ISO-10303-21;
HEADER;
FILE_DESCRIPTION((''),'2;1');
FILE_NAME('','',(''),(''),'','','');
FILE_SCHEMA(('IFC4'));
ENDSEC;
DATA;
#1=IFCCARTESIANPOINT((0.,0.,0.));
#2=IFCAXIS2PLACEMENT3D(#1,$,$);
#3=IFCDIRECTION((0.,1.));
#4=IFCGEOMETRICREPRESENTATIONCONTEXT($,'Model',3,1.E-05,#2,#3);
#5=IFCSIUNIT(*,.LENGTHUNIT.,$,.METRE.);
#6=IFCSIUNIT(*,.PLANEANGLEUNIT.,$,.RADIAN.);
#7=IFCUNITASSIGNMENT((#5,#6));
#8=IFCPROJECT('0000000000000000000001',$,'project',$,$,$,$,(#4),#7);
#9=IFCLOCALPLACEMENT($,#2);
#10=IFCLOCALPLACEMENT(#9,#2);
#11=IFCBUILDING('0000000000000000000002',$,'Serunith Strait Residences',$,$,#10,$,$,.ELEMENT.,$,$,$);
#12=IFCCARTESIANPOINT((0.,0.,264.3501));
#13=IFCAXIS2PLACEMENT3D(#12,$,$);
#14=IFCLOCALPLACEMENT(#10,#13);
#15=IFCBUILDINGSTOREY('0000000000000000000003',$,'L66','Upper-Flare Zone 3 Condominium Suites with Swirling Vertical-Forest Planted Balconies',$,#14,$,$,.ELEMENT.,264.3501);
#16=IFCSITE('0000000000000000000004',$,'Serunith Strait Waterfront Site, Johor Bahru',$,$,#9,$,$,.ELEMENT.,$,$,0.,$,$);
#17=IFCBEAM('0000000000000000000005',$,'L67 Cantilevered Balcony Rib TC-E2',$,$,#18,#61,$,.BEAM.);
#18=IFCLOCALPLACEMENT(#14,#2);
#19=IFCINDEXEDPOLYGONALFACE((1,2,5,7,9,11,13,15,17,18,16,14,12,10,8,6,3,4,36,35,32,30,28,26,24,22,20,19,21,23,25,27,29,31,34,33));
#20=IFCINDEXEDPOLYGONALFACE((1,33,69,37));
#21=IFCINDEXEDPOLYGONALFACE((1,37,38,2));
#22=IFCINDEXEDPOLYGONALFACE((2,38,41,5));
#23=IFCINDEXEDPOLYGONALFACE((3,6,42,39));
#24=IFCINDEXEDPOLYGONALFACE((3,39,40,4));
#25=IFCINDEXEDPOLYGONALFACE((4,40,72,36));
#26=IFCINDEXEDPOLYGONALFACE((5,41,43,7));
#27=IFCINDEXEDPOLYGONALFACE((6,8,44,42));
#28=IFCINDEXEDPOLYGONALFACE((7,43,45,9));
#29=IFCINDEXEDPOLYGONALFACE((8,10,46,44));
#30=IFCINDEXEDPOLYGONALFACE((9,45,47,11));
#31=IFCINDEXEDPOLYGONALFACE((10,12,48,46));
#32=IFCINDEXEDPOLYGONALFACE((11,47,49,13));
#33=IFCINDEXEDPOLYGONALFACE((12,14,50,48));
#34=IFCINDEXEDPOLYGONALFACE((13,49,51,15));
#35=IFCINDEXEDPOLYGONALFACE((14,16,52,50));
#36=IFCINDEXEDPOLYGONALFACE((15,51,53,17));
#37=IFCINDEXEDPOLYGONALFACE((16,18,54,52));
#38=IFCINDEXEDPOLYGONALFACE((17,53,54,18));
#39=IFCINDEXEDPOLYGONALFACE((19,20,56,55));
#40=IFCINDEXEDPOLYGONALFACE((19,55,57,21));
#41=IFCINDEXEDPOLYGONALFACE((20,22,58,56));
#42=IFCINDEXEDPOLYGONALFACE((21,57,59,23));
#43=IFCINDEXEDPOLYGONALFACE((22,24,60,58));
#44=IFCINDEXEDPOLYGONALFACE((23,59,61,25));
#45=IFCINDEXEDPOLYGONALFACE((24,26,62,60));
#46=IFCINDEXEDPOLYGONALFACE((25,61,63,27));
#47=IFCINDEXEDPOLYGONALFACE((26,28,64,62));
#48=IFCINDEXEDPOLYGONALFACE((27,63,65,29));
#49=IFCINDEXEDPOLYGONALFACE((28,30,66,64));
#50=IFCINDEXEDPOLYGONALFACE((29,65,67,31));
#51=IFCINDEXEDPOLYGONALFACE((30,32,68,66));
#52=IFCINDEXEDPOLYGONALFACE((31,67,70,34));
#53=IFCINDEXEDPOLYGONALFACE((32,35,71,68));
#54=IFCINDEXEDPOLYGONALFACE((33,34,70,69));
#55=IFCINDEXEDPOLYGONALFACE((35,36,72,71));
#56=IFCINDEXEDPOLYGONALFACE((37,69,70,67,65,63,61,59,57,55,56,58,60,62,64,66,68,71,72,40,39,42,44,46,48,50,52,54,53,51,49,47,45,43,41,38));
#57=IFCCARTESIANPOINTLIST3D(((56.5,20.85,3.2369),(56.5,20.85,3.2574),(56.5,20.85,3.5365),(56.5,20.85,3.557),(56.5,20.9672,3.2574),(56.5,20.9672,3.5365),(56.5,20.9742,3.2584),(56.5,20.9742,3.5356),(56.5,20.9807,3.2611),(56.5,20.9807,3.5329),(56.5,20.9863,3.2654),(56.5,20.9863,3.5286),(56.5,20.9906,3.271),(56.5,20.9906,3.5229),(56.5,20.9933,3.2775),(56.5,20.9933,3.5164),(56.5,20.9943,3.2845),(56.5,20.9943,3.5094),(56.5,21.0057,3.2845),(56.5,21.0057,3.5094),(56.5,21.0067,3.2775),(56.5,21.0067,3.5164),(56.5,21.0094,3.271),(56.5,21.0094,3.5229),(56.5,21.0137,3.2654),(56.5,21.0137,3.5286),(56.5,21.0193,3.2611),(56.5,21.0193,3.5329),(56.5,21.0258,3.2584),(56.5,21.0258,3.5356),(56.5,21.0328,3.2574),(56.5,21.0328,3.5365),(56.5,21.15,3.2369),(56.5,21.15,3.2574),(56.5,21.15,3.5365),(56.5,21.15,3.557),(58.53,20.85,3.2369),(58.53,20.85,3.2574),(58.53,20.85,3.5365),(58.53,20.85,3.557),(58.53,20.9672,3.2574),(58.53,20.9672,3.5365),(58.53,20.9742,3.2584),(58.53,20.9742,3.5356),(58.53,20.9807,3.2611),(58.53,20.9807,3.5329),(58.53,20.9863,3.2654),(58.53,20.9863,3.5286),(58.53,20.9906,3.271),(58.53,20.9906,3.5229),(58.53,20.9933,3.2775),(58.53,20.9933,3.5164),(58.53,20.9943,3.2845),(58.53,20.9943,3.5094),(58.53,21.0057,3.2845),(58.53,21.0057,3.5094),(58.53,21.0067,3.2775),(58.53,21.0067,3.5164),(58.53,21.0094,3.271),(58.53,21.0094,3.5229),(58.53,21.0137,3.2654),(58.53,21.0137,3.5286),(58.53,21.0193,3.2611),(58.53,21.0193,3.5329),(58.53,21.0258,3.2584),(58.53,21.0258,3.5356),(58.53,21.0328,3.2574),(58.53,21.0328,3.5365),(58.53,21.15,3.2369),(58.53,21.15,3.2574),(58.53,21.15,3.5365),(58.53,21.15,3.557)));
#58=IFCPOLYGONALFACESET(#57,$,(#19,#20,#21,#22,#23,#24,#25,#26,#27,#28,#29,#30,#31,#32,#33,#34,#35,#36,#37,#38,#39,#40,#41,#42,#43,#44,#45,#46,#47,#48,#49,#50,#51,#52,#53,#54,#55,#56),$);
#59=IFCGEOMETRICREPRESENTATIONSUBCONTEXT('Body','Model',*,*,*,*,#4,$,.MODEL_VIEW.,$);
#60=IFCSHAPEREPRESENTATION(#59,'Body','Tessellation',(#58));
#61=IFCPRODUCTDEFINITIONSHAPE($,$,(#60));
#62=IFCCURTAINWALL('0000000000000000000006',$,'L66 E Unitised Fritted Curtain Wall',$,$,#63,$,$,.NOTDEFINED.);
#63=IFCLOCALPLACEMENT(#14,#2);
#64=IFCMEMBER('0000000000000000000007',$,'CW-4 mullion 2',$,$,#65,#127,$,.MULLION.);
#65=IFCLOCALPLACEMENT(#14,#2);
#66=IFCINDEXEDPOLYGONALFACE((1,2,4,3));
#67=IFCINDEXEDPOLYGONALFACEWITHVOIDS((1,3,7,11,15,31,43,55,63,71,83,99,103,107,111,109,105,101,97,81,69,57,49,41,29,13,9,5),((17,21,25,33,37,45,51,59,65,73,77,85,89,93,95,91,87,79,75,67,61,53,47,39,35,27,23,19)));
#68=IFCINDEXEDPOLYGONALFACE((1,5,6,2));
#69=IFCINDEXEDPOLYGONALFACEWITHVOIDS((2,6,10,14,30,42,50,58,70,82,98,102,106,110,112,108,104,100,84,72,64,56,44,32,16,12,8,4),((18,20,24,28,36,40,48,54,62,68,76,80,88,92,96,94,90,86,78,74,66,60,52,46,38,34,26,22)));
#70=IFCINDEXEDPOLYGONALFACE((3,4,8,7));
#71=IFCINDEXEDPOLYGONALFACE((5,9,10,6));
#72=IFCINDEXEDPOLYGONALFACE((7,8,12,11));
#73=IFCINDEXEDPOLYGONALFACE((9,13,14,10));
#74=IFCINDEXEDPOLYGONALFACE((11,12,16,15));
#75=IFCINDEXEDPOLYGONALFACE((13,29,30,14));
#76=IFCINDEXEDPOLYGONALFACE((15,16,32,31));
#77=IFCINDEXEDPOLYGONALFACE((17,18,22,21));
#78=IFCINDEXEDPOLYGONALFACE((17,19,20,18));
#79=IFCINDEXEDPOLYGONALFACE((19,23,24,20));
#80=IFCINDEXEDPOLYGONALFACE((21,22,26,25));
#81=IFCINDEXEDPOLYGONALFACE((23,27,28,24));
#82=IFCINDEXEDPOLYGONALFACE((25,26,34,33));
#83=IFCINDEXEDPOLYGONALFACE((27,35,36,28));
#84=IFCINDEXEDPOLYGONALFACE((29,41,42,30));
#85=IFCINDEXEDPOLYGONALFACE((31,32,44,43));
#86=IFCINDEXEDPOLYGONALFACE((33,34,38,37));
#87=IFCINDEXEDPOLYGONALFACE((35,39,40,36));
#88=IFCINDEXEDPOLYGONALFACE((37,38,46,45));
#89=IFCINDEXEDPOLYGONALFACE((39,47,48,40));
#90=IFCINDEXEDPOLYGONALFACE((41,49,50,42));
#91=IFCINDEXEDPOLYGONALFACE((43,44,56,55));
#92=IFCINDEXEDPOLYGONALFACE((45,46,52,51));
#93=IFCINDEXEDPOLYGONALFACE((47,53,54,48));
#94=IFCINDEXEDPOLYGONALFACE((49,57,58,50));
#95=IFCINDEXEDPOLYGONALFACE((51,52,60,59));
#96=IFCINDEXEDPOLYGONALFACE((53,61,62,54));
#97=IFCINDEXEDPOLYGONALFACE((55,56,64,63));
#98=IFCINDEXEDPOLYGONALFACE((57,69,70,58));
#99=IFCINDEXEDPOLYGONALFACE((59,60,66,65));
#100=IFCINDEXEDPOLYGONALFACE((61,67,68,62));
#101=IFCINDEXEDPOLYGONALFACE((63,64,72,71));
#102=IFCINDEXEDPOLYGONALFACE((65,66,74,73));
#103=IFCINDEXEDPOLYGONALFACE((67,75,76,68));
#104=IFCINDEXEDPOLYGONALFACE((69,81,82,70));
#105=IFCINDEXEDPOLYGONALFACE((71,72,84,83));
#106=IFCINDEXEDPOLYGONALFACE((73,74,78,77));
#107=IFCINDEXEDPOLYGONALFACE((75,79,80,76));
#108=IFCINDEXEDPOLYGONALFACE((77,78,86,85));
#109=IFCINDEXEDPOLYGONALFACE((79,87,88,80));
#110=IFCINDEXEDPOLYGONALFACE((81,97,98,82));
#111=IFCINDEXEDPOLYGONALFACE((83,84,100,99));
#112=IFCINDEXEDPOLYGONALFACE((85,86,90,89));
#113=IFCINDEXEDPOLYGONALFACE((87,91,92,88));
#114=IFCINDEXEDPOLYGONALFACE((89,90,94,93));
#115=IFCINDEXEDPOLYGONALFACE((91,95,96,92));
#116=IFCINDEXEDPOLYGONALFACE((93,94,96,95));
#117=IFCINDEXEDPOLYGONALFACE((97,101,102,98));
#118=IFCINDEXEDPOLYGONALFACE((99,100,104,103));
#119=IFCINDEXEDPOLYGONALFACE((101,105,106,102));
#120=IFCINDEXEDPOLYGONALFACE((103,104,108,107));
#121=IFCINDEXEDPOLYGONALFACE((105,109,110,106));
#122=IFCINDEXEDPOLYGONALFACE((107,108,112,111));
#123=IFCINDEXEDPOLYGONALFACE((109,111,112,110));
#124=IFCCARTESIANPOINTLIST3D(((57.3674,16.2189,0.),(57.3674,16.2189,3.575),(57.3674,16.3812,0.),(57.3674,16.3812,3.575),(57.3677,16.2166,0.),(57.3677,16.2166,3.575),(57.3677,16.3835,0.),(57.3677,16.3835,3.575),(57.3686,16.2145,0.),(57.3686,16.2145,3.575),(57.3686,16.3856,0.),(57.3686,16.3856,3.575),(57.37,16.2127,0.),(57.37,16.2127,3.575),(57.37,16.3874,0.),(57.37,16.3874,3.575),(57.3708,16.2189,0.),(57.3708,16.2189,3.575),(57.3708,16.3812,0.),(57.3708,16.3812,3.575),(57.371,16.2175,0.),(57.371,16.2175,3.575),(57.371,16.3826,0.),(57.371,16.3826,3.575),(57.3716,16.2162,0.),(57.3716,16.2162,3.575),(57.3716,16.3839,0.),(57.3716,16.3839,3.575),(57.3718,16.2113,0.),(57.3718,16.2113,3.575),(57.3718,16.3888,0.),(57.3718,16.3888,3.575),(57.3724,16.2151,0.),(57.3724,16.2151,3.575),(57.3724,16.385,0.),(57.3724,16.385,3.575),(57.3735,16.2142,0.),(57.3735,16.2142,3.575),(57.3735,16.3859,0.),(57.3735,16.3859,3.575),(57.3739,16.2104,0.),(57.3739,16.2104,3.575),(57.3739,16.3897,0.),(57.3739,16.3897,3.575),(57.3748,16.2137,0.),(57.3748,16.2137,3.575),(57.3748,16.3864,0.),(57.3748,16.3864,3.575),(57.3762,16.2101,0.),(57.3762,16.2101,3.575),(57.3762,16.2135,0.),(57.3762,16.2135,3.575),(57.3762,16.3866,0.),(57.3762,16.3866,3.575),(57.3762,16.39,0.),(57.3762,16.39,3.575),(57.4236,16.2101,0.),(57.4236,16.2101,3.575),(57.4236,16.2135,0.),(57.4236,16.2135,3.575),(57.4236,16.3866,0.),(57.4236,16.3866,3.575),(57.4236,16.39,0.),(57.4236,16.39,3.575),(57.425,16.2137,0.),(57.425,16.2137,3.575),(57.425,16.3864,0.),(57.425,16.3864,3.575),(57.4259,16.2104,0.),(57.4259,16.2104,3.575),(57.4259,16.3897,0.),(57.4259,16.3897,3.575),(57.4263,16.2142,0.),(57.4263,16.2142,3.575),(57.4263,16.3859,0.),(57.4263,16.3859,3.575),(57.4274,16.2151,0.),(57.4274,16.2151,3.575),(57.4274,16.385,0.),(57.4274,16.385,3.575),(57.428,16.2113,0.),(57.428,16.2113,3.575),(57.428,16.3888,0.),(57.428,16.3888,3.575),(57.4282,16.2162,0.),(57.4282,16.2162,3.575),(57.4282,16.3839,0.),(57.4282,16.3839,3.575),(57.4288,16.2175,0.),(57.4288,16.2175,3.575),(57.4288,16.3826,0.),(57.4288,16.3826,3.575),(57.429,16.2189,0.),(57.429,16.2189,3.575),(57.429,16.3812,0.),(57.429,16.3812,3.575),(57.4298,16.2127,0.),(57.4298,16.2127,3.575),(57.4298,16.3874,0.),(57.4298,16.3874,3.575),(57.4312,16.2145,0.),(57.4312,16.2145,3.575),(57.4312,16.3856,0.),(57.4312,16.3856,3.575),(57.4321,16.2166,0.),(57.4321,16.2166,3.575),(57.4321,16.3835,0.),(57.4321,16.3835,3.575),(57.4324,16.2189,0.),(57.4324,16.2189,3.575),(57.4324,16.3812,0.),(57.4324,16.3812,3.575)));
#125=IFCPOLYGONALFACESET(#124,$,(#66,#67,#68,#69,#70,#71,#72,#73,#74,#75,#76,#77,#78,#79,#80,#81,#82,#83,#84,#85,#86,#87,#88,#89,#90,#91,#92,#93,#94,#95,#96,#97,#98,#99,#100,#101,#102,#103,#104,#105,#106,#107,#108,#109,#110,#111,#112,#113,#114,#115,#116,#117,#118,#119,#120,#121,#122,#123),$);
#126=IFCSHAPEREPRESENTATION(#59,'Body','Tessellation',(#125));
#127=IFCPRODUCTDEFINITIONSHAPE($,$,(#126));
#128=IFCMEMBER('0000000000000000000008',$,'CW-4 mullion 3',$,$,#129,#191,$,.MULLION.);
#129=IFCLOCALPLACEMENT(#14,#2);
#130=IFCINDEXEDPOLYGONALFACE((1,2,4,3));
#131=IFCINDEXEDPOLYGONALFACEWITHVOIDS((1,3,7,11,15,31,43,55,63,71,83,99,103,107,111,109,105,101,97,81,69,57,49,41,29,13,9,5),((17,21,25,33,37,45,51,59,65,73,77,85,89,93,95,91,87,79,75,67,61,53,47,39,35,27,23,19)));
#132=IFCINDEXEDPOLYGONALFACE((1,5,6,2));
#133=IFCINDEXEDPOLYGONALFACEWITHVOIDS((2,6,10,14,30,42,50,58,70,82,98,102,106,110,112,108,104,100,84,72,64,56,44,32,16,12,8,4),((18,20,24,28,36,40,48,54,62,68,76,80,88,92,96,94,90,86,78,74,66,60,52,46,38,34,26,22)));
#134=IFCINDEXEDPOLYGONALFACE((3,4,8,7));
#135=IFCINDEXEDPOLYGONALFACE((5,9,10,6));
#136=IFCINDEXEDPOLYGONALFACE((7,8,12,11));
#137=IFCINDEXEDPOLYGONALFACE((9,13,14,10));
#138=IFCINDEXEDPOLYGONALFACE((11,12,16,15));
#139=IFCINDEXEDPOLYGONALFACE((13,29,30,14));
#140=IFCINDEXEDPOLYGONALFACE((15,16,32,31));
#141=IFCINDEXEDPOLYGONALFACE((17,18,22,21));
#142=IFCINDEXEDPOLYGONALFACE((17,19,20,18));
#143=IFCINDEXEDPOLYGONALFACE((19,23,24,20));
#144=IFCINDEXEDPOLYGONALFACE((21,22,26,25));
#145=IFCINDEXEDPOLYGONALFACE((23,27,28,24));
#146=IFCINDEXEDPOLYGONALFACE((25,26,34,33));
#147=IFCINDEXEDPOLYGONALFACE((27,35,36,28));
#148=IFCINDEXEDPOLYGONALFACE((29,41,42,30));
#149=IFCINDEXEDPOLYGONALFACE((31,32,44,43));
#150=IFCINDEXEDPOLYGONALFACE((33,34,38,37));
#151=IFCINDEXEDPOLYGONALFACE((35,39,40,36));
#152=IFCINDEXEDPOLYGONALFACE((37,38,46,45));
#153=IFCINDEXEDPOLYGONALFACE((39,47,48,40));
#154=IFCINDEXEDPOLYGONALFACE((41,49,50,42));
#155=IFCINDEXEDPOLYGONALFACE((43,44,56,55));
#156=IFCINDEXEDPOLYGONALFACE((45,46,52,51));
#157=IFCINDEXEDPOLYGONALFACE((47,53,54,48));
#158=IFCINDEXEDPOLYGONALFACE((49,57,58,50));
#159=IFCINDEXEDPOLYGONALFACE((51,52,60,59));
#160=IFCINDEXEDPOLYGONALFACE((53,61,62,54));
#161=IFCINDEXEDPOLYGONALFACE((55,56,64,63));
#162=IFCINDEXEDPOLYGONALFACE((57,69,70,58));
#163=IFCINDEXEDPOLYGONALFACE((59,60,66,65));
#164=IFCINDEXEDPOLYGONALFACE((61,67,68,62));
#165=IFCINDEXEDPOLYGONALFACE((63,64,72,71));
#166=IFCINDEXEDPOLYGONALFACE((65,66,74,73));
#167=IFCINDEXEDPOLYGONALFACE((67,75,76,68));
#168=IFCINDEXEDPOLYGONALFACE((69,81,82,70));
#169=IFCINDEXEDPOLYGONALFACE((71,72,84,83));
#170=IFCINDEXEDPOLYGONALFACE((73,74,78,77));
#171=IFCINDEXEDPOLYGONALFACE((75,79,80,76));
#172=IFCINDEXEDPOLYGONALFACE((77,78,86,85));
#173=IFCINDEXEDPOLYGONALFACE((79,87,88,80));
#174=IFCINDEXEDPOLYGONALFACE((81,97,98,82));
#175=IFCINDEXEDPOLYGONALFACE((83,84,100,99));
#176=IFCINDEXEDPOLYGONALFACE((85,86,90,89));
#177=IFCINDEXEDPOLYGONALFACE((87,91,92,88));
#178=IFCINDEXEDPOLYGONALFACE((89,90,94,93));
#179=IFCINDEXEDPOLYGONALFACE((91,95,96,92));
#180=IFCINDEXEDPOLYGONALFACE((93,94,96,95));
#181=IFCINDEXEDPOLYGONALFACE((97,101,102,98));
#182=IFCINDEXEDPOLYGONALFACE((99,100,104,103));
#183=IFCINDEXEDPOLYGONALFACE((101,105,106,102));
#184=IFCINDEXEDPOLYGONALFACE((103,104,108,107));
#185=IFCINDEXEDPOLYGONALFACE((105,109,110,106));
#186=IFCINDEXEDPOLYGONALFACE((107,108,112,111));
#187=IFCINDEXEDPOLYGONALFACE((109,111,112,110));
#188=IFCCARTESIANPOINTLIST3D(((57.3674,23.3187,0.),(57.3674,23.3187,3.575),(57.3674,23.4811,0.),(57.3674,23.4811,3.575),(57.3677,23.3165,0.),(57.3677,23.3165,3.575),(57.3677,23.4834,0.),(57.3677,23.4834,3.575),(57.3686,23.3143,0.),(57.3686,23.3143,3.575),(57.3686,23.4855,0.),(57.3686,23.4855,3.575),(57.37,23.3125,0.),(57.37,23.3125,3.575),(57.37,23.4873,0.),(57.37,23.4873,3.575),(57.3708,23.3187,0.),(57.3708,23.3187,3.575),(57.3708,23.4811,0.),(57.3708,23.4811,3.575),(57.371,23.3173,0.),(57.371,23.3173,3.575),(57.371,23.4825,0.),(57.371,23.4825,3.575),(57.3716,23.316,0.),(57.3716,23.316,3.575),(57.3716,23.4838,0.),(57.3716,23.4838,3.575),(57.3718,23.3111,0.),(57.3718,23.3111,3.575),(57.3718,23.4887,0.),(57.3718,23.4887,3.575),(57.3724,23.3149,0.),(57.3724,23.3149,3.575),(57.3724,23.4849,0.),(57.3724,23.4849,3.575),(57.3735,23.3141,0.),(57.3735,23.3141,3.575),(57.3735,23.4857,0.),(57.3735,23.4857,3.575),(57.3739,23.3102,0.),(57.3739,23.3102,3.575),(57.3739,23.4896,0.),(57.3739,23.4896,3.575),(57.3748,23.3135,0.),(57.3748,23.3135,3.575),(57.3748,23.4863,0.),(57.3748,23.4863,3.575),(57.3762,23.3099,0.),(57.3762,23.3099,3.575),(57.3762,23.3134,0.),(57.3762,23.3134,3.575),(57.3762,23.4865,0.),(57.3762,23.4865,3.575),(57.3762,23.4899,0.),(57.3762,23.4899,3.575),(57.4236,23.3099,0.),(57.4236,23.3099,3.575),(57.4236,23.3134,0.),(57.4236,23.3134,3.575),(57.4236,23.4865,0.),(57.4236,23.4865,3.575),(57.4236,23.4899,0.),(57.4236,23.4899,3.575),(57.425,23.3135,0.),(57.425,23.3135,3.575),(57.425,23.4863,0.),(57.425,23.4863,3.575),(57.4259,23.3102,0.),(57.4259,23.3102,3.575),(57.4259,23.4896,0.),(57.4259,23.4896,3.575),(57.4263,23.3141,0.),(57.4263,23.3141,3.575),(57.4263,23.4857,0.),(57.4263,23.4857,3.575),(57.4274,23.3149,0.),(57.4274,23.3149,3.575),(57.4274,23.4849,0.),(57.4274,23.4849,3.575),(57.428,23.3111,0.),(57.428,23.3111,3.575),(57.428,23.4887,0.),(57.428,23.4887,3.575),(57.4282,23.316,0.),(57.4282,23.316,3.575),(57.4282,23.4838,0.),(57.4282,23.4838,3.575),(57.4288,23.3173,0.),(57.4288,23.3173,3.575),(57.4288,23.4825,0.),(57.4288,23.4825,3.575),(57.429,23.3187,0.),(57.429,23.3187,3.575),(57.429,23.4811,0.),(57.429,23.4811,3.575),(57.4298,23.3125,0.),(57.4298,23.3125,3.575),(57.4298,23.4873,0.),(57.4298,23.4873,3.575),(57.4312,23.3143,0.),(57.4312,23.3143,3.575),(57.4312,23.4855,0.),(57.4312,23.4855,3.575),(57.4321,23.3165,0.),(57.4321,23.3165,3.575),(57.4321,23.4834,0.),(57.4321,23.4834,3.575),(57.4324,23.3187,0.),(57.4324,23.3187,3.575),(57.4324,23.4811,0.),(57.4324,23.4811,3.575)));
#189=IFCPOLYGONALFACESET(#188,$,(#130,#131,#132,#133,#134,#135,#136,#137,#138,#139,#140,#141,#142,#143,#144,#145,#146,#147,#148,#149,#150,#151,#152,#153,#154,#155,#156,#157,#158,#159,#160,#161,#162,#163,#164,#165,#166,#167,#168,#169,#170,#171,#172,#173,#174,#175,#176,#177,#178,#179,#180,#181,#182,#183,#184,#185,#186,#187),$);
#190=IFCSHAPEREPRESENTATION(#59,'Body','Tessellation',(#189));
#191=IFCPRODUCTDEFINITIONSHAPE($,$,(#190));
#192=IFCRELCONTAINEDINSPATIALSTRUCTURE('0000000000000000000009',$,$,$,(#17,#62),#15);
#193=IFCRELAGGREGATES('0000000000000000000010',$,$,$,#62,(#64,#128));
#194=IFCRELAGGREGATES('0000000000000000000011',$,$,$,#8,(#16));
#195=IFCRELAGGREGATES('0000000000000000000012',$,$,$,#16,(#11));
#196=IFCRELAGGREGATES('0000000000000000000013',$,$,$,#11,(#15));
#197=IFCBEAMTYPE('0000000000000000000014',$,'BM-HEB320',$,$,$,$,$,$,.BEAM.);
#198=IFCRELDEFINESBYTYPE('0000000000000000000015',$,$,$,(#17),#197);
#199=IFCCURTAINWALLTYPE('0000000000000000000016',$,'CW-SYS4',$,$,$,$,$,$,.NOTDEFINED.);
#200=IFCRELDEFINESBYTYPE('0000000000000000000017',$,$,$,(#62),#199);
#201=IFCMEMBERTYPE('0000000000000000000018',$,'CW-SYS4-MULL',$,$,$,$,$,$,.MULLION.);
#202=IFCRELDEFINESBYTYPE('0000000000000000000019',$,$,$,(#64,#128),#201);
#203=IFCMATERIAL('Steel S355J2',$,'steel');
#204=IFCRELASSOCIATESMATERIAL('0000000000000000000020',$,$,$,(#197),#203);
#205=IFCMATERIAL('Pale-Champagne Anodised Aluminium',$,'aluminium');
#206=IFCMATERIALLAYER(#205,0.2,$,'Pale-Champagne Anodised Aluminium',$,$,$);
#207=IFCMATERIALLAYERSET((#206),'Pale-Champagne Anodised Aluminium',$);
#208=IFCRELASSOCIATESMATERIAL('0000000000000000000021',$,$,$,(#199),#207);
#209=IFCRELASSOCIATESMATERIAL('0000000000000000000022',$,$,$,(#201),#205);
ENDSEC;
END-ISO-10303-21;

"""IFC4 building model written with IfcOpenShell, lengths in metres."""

from ifc_helpers import new_model, si_unit, direction, frame, origin, origin_2d, place, context, subcontext, project, spatial, hollow_rectangle, i_section, extrude, source, transform, mapped, material, layer, layer_set, material_profile, profile_set, type_object, element, aggregate, save


model = new_model("IFC4")

# Units and contexts
model_context = context("Model", 3, precision=1e-05, world=origin(), true_north=direction((0.0, 1.0)))
body_context = subcontext(model_context, "Body", "Model", "MODEL_VIEW")
ifc_project = project(units=[si_unit("LENGTHUNIT", "METRE"), si_unit("PLANEANGLEUNIT", "RADIAN")], contexts=[model_context])

# Site, building, storey
site_placement = place(None, origin())
site = spatial("IfcSite", under=ifc_project, at=site_placement, Name="Serunith Strait Waterfront Site, Johor Bahru", CompositionType="ELEMENT", RefElevation=0.0)
building_placement = place(site_placement, origin())
building = spatial("IfcBuilding", under=site, at=building_placement, Name="Serunith Strait Residences", CompositionType="ELEMENT")
storey_placement = place(building_placement, frame((0.0, 0.0, 264.3501)))
storey = spatial("IfcBuildingStorey", under=building, at=storey_placement, Name="L66", Description="Upper-Flare Zone 3 Condominium Suites with Swirling Vertical-Forest Planted Balconies", CompositionType="ELEMENT", Elevation=264.3501)

# Beam
ifc_material_1 = material(Name="Steel S355J2", Category="steel")
ifc_material_profile_1 = material_profile(ifc_material_1, i_section(OverallWidth=0.3, OverallDepth=0.3201, WebThickness=0.0115, FlangeThickness=0.0205, FilletRadius=0.0271, at=origin_2d()), Name="HEB 320")
ifc_profile_set_1 = profile_set([ifc_material_profile_1], Name="Steel S355J2")
beam_type_1 = type_object("IfcBeamType", Name="BM-HEB320", PredefinedType="BEAM", material=ifc_profile_set_1)
shared_shape_1 = source(origin(), body_context, "Body", "SweptSolid", [
    extrude(i_section(OverallWidth=0.3, OverallDepth=0.3201, WebThickness=0.0115, FlangeThickness=0.0205, FilletRadius=0.0271, at=origin_2d()), origin(), (0.0, 0.0, 1.0), 2.03),
])
beam_1_placement = place(storey_placement, frame((56.5, 21.0, 3.397), z_axis=(1.0, 0.0, 0.0), x_axis=(0.0, 1.0, 0.0)))
element("IfcBeam", 1, at=beam_1_placement, inside=storey, type_object=beam_type_1, Name="L67 Cantilevered Balcony Rib TC-E2", PredefinedType="BEAM", context=body_context, shape_type="MappedRepresentation", body=[
    mapped(shared_shape_1, transform((0.0, 0.0, 0.0), scale=1.0)),
])

# Curtain wall, members
ifc_material_2 = material(Name="Pale-Champagne Anodised Aluminium", Category="aluminium")
ifc_layer_1 = layer(ifc_material_2, 0.2, Name="Pale-Champagne Anodised Aluminium")
ifc_layer_set_1 = layer_set([ifc_layer_1], Name="Pale-Champagne Anodised Aluminium")
curtain_wall_type = type_object("IfcCurtainWallType", Name="CW-SYS4", PredefinedType="NOTDEFINED", material=ifc_layer_set_1)
curtain_wall_placement = place(storey_placement, origin())
curtain_wall = element("IfcCurtainWall", 2, at=curtain_wall_placement, inside=storey, type_object=curtain_wall_type, Name="L66 E Unitised Fritted Curtain Wall", PredefinedType="NOTDEFINED")
ifc_material_profile_2 = material_profile(ifc_material_2, hollow_rectangle(XDim=0.0649, YDim=0.1799, WallThickness=0.0034, InnerFilletRadius=0.0054, OuterFilletRadius=0.0088, at=origin_2d()), Name="ALU 180x65x3.5")
ifc_profile_set_2 = profile_set([ifc_material_profile_2], Name="Pale-Champagne Anodised Aluminium")
member_type_1 = type_object("IfcMemberType", Name="CW-SYS4-MULL", PredefinedType="MULLION", material=ifc_profile_set_2)
shared_shape_2 = source(origin(), body_context, "Body", "SweptSolid", [
    extrude(hollow_rectangle(XDim=0.0649, YDim=0.1799, WallThickness=0.0034, InnerFilletRadius=0.0054, OuterFilletRadius=0.0088, at=origin_2d()), origin(), (0.0, 0.0, 1.0), 3.575),
])
member_1_placement = place(storey_placement, frame((57.3999, 16.3, 0.0), z_axis=(0.0, 0.0, 1.0), x_axis=(-1.0, 0.0, 0.0)))
member_1 = element("IfcMember", 3, at=member_1_placement, type_object=member_type_1, Name="CW-4 mullion 2", PredefinedType="MULLION", context=body_context, shape_type="MappedRepresentation", body=[
    mapped(shared_shape_2, transform((0.0, 0.0, 0.0), scale=1.0)),
])
member_2_placement = place(storey_placement, frame((57.3999, 23.3999, 0.0), z_axis=(0.0, 0.0, 1.0), x_axis=(-1.0, 0.0, 0.0)))
member_2 = element("IfcMember", 4, at=member_2_placement, type_object=member_type_1, Name="CW-4 mullion 3", PredefinedType="MULLION", context=body_context, shape_type="MappedRepresentation", body=[
    mapped(shared_shape_2, transform((0.0, 0.0, 0.0), scale=1.0)),
])
aggregate(curtain_wall, [member_1, member_2])

save(model, "model.ifc")
